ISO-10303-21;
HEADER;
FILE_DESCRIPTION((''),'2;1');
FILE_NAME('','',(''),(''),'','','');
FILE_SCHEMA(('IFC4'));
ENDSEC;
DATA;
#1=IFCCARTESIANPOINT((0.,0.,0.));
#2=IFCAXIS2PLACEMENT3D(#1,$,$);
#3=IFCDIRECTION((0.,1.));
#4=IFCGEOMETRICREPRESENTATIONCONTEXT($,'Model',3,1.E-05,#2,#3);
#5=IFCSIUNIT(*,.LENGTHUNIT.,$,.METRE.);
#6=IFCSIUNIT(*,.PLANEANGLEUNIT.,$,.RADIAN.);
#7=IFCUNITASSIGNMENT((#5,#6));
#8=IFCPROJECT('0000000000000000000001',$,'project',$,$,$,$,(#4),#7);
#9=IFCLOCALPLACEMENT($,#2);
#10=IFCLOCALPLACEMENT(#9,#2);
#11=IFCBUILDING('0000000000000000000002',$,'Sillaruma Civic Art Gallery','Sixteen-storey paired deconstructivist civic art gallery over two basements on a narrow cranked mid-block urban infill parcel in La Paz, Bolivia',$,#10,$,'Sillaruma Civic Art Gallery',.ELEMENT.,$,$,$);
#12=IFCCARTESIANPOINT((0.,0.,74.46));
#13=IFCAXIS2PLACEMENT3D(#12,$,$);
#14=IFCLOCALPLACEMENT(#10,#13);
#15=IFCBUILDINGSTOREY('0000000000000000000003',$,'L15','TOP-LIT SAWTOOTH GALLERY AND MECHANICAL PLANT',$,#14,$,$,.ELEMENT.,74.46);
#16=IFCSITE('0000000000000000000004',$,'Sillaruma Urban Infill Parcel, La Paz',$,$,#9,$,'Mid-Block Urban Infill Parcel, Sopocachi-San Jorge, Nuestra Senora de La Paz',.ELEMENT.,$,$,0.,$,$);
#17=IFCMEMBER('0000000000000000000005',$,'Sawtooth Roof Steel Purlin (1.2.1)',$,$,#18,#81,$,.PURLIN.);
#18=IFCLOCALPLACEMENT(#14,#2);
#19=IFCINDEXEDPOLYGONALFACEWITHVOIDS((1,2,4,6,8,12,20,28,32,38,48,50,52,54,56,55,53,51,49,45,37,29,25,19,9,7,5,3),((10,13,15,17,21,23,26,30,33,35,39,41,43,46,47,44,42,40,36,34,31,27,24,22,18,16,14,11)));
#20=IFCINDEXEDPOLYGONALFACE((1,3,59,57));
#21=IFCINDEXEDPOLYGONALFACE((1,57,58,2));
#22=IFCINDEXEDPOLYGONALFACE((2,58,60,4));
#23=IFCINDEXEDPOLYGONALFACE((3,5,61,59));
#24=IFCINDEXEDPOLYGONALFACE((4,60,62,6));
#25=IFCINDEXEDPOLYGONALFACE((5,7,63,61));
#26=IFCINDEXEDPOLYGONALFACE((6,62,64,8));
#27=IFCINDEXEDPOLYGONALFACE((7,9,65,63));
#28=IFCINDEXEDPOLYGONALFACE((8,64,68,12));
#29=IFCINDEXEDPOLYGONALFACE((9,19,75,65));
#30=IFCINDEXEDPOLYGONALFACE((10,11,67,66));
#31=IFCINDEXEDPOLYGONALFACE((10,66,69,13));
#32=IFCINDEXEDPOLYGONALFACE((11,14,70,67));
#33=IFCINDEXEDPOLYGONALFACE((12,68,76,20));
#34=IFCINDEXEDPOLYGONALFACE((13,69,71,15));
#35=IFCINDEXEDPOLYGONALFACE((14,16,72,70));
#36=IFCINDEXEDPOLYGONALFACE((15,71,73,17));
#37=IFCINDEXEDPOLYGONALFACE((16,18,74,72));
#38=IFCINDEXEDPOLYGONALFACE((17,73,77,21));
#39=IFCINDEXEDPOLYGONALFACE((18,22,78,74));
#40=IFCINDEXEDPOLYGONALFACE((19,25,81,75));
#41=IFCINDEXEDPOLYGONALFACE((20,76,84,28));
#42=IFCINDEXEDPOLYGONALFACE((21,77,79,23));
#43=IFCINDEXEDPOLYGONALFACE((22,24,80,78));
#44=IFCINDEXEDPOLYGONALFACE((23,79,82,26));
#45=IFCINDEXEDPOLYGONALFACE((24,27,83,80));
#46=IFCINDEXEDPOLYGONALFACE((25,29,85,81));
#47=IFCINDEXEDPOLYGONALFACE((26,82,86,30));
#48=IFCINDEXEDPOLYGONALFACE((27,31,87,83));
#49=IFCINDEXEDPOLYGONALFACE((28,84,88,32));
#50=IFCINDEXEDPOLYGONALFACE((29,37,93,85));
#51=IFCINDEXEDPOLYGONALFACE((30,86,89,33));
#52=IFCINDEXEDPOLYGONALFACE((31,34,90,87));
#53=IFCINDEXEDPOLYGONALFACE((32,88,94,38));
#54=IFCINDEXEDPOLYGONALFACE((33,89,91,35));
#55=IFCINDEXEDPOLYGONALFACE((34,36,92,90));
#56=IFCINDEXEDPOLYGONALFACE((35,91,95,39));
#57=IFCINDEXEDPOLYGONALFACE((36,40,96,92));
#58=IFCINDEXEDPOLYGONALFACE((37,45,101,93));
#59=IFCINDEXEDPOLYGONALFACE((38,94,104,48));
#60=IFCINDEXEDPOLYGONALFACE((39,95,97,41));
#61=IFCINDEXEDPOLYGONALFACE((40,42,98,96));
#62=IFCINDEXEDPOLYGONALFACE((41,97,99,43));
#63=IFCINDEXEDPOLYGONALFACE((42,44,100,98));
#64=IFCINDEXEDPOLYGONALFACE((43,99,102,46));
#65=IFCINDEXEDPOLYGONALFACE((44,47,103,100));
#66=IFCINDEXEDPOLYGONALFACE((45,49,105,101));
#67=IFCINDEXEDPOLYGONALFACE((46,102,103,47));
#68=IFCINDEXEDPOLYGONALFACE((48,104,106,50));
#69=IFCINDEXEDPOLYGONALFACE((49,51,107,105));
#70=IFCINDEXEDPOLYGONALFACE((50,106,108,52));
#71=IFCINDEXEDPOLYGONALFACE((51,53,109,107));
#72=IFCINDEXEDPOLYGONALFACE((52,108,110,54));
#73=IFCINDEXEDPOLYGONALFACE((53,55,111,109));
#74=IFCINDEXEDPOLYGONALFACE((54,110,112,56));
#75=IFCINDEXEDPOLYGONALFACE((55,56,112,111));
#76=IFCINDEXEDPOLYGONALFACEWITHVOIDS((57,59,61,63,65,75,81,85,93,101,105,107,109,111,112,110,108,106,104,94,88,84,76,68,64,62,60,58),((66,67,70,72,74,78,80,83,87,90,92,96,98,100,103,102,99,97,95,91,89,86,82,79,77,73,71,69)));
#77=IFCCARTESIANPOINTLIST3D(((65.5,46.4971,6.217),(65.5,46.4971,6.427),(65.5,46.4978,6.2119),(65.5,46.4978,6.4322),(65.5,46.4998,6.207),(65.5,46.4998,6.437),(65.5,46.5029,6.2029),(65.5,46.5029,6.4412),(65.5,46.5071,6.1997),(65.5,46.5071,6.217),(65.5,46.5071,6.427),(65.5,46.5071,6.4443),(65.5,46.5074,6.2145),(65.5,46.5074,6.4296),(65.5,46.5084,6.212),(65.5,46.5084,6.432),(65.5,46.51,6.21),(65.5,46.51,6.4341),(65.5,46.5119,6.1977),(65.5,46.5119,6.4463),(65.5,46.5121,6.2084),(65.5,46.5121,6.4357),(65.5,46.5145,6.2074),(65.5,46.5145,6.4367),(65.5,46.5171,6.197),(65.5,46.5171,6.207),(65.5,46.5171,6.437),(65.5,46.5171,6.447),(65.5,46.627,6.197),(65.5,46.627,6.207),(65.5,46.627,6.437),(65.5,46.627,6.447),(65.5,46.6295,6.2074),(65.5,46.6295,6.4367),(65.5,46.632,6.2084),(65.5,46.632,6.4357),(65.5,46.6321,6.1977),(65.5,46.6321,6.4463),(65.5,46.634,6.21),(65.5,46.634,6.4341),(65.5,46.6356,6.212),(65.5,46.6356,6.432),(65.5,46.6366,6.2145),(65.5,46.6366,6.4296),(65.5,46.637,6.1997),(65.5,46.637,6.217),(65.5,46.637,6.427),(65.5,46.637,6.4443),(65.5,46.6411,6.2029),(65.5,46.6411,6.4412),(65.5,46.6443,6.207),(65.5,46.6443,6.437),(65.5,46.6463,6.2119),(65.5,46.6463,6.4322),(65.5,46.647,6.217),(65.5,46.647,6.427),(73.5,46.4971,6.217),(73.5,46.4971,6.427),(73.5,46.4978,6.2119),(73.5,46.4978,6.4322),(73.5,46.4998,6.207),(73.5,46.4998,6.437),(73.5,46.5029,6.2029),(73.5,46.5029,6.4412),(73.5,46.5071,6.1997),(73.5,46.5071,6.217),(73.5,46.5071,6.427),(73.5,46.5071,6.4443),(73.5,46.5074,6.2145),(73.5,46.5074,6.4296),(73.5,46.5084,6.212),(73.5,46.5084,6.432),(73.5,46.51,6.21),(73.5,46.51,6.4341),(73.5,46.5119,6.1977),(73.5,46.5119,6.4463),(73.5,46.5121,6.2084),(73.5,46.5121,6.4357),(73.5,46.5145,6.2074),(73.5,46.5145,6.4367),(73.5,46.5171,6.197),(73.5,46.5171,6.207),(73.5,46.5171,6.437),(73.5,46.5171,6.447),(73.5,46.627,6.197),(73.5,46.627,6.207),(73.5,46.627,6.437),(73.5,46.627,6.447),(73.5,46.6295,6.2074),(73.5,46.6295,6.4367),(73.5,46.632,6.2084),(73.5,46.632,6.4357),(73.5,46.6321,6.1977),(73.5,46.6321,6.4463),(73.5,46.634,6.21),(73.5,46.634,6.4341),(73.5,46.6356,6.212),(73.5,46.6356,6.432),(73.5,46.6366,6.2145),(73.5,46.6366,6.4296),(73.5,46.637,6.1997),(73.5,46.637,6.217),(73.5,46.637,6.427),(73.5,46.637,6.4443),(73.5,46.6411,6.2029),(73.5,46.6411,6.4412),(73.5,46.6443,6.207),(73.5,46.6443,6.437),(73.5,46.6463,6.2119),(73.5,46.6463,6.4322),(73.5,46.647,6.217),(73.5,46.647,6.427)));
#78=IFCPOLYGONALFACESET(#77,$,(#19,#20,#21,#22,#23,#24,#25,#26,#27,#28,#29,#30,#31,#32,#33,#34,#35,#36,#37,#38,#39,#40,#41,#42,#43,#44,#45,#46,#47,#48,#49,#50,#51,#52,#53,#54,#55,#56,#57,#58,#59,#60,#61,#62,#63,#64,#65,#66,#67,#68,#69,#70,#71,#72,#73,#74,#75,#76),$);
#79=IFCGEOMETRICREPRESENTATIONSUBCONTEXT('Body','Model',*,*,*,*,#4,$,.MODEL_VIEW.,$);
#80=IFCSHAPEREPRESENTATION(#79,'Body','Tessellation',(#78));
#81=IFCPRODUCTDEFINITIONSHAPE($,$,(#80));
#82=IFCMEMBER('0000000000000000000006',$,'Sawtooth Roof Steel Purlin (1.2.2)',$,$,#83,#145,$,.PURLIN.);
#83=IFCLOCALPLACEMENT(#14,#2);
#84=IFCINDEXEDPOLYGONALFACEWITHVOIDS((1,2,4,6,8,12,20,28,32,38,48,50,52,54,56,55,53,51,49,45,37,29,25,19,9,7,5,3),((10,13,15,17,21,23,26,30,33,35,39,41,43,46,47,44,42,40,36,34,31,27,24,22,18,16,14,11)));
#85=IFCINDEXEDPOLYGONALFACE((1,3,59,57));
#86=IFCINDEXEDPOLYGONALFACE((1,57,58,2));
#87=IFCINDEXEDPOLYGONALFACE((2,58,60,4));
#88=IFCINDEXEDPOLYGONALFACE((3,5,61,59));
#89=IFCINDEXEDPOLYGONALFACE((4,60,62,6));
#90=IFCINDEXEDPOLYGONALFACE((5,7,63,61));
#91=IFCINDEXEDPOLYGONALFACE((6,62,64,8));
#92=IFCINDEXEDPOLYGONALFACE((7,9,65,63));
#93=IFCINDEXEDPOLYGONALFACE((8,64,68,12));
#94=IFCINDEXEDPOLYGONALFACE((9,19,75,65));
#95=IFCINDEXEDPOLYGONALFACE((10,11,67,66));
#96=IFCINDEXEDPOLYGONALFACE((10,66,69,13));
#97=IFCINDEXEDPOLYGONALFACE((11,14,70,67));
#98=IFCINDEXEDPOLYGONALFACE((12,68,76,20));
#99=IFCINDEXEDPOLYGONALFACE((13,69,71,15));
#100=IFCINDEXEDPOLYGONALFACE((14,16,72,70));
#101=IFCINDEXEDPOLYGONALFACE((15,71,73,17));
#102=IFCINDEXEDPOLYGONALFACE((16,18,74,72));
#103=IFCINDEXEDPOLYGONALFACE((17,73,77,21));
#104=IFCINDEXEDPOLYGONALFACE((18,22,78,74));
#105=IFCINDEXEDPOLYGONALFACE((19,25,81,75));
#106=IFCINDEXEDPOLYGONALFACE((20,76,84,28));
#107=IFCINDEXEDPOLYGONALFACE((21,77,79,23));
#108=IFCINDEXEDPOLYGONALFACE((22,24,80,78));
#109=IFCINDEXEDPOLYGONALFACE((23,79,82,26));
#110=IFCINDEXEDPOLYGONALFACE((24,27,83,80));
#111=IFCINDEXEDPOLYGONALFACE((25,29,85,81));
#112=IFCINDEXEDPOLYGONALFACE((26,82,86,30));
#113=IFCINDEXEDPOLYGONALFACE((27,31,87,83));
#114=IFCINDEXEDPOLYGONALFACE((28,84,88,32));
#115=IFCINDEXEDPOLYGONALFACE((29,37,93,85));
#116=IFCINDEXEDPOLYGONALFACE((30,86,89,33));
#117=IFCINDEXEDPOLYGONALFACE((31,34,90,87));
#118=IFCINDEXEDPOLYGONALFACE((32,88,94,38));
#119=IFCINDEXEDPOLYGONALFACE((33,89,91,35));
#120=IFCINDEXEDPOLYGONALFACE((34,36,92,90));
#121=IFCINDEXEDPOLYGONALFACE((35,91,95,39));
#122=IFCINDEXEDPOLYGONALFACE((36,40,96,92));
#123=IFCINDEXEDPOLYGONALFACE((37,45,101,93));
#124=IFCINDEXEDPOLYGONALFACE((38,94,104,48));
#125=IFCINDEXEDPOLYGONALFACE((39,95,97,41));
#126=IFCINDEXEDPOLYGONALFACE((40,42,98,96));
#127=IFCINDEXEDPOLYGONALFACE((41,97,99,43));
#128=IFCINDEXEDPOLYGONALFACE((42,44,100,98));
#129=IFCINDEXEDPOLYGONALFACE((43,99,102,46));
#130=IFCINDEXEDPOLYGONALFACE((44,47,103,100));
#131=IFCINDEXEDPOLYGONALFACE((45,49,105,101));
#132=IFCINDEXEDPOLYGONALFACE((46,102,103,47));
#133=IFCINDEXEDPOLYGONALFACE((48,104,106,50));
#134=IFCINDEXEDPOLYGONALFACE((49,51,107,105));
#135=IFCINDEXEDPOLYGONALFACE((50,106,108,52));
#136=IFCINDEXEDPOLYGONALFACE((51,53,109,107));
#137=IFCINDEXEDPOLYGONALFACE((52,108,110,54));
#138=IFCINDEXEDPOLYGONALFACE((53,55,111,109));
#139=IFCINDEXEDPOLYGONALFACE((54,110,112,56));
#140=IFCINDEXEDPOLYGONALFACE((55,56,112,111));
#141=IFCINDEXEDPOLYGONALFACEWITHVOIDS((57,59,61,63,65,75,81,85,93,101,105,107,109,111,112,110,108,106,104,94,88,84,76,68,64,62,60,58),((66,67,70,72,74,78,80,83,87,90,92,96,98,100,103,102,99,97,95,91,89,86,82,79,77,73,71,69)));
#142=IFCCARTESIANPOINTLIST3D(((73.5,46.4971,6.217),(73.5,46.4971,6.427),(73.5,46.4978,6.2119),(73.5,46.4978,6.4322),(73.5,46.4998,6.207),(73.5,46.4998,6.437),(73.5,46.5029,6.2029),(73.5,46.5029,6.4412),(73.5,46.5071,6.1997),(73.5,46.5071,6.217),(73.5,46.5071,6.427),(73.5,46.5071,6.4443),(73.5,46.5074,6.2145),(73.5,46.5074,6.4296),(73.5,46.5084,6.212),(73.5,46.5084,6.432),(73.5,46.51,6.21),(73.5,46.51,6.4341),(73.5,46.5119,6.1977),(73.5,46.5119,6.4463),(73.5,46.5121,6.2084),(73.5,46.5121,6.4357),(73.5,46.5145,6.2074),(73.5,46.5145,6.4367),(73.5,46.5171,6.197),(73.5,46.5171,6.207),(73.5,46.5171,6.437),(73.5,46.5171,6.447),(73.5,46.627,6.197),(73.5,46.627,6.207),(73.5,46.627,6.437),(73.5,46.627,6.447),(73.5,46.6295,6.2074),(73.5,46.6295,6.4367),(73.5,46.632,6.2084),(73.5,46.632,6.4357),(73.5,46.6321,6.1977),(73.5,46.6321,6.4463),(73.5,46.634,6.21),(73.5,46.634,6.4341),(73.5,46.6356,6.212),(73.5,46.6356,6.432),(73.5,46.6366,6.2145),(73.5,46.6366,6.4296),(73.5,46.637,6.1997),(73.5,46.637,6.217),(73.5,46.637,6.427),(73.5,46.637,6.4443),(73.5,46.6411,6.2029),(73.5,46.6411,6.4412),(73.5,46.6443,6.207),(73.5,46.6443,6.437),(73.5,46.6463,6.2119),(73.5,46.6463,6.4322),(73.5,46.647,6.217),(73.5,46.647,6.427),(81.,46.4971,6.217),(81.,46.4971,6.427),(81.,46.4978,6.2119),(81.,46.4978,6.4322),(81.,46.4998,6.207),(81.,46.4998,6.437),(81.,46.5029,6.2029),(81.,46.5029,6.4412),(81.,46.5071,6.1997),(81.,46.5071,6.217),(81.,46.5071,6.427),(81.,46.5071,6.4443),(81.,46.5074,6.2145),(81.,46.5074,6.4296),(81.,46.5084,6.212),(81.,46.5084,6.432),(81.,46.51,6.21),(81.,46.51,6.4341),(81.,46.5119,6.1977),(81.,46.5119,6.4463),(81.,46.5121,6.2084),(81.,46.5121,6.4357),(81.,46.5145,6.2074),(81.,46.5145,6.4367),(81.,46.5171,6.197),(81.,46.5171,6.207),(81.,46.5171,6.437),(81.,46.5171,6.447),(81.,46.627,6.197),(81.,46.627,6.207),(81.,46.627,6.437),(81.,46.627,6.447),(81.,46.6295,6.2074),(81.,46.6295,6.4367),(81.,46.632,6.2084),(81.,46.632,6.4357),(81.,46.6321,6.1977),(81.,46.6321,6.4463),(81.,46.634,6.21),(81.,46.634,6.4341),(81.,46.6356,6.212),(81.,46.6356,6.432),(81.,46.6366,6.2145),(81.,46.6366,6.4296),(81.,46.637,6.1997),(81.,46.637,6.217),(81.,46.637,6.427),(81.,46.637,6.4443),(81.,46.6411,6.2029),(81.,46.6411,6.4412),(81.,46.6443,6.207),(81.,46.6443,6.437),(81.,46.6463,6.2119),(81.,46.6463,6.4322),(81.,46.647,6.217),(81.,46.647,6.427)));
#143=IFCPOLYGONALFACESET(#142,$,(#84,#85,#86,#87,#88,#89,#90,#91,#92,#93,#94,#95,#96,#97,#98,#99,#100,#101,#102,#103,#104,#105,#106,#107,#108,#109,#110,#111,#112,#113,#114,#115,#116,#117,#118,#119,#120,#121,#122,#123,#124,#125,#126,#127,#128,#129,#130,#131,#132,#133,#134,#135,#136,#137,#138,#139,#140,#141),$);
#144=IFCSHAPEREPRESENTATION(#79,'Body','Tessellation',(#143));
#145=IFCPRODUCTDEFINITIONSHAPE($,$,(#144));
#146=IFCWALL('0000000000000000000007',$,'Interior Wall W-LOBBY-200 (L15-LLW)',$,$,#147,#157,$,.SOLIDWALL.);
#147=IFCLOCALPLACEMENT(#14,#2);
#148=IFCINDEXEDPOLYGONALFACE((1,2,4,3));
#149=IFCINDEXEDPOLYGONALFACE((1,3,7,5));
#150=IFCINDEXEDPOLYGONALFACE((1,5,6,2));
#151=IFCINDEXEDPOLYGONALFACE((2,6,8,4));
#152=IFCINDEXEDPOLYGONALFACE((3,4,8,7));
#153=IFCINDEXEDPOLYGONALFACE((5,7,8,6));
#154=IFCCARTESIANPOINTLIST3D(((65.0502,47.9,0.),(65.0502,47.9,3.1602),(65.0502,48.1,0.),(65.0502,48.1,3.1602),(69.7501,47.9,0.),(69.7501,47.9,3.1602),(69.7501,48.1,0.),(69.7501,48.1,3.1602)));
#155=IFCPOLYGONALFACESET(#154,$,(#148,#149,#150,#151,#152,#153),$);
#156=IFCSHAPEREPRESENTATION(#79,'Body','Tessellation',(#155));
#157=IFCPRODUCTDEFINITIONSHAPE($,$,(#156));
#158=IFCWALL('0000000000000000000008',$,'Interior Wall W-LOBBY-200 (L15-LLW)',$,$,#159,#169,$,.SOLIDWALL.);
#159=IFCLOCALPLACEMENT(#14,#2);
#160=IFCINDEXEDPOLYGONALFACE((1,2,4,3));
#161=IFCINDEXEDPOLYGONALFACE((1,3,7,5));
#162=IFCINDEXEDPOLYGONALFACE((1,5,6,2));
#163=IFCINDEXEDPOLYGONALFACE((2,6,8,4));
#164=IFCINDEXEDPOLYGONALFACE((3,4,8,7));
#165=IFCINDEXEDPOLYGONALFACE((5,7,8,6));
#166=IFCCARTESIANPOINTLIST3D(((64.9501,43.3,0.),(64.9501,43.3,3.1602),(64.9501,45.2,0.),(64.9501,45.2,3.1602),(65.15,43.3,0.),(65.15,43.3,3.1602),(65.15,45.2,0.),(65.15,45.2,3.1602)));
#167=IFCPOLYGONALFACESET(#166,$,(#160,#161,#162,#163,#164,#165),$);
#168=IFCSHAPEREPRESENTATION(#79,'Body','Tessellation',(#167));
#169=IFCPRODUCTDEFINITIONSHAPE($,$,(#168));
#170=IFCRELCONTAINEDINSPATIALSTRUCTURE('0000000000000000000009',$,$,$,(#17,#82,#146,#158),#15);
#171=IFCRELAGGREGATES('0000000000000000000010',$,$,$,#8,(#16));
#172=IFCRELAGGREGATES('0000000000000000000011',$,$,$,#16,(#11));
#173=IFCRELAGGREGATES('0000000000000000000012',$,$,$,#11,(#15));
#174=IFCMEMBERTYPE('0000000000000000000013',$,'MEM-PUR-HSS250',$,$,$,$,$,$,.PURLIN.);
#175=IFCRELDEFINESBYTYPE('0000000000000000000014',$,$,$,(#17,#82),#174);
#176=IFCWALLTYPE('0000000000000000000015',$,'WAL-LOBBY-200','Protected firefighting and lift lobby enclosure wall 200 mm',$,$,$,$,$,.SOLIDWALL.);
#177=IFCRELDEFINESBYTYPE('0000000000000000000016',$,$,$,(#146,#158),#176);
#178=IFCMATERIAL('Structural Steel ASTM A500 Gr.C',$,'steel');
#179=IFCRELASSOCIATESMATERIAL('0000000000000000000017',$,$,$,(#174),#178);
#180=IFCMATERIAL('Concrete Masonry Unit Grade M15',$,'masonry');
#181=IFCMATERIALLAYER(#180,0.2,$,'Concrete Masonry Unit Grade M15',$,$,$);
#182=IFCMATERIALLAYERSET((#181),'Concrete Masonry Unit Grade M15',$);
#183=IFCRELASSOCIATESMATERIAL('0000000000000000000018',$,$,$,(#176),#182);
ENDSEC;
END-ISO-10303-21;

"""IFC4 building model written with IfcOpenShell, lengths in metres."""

from ifc_helpers import new_model, si_unit, direction, frame, frame_2d, origin, origin_2d, place, context, subcontext, project, spatial, rectangle, hollow_rectangle, extrude, material, layer, layer_set, material_profile, profile_set, type_object, element, save


model = new_model("IFC4")

# Units and contexts
model_context = context("Model", 3, precision=1e-05, world=origin(), true_north=direction((0.0, 1.0)))
body_context = subcontext(model_context, "Body", "Model", "MODEL_VIEW")
ifc_project = project(units=[si_unit("LENGTHUNIT", "METRE"), si_unit("PLANEANGLEUNIT", "RADIAN")], contexts=[model_context])

# Site, building, storey
site_placement = place(None, origin())
site = spatial("IfcSite", under=ifc_project, at=site_placement, Name="Sillaruma Urban Infill Parcel, La Paz", LongName="Mid-Block Urban Infill Parcel, Sopocachi-San Jorge, Nuestra Senora de La Paz", CompositionType="ELEMENT", RefElevation=0.0)
building_placement = place(site_placement, origin())
building = spatial("IfcBuilding", under=site, at=building_placement, Name="Sillaruma Civic Art Gallery", Description="Sixteen-storey paired deconstructivist civic art gallery over two basements on a narrow cranked mid-block urban infill parcel in La Paz, Bolivia", LongName="Sillaruma Civic Art Gallery", CompositionType="ELEMENT")
storey_placement = place(building_placement, frame((0.0, 0.0, 74.46)))
storey = spatial("IfcBuildingStorey", under=building, at=storey_placement, Name="L15", Description="TOP-LIT SAWTOOTH GALLERY AND MECHANICAL PLANT", CompositionType="ELEMENT", Elevation=74.46)

# Members
ifc_material_1 = material(Name="Structural Steel ASTM A500 Gr.C", Category="steel")
ifc_material_profile_1 = material_profile(ifc_material_1, hollow_rectangle(XDim=0.1499, YDim=0.25, WallThickness=0.01, InnerFilletRadius=0.01, OuterFilletRadius=0.02, at=origin_2d()), Name="HSS250x150x10")
ifc_profile_set_1 = profile_set([ifc_material_profile_1], Name="Structural Steel ASTM A500 Gr.C")
member_type = type_object("IfcMemberType", Name="MEM-PUR-HSS250", PredefinedType="PURLIN", material=ifc_profile_set_1)
member_1_placement = place(storey_placement, frame((65.5, 46.572, 6.322), z_axis=(1.0, 0.0, 0.0), x_axis=(0.0, 1.0, 0.0)))
element("IfcMember", 1, at=member_1_placement, inside=storey, type_object=member_type, Name="Sawtooth Roof Steel Purlin (1.2.1)", PredefinedType="PURLIN", context=body_context, shape_type="SweptSolid", body=[
    extrude(hollow_rectangle(XDim=0.1499, YDim=0.25, WallThickness=0.01, InnerFilletRadius=0.01, OuterFilletRadius=0.02, at=origin_2d()), origin(), (0.0, 0.0, 1.0), 8.0),
])
member_2_placement = place(storey_placement, frame((73.5, 46.572, 6.322), z_axis=(1.0, 0.0, 0.0), x_axis=(0.0, 1.0, 0.0)))
element("IfcMember", 2, at=member_2_placement, inside=storey, type_object=member_type, Name="Sawtooth Roof Steel Purlin (1.2.2)", PredefinedType="PURLIN", context=body_context, shape_type="SweptSolid", body=[
    extrude(hollow_rectangle(XDim=0.1499, YDim=0.25, WallThickness=0.01, InnerFilletRadius=0.01, OuterFilletRadius=0.02, at=origin_2d()), origin(), (0.0, 0.0, 1.0), 7.5),
])

# Walls
ifc_material_2 = material(Name="Concrete Masonry Unit Grade M15", Category="masonry")
ifc_layer_1 = layer(ifc_material_2, 0.2, Name="Concrete Masonry Unit Grade M15")
ifc_layer_set_1 = layer_set([ifc_layer_1], Name="Concrete Masonry Unit Grade M15")
wall_type_1 = type_object("IfcWallType", Name="WAL-LOBBY-200", Description="Protected firefighting and lift lobby enclosure wall 200 mm", PredefinedType="SOLIDWALL", material=ifc_layer_set_1)
wall_1_placement = place(storey_placement, frame((65.05, 48.0, 0.0), z_axis=(0.0, 0.0, 1.0), x_axis=(1.0, 0.0, 0.0)))
element("IfcWall", 3, at=wall_1_placement, inside=storey, type_object=wall_type_1, Name="Interior Wall W-LOBBY-200 (L15-LLW)", PredefinedType="SOLIDWALL", context=body_context, shape_type="SweptSolid", body=[
    extrude(rectangle(XDim=4.7, YDim=0.2, at=frame_2d((2.3501, 0.0))), origin(), (0.0, 0.0, 1.0), 3.1602),
])
wall_2_placement = place(storey_placement, frame((65.05, 43.3, 0.0), z_axis=(0.0, 0.0, 1.0), x_axis=(0.0, 1.0, 0.0)))
element("IfcWall", 4, at=wall_2_placement, inside=storey, type_object=wall_type_1, Name="Interior Wall W-LOBBY-200 (L15-LLW)", PredefinedType="SOLIDWALL", context=body_context, shape_type="SweptSolid", body=[
    extrude(rectangle(XDim=1.8999, YDim=0.2, at=frame_2d((0.95, 0.0))), origin(), (0.0, 0.0, 1.0), 3.1602),
])

save(model, "model.ifc")
